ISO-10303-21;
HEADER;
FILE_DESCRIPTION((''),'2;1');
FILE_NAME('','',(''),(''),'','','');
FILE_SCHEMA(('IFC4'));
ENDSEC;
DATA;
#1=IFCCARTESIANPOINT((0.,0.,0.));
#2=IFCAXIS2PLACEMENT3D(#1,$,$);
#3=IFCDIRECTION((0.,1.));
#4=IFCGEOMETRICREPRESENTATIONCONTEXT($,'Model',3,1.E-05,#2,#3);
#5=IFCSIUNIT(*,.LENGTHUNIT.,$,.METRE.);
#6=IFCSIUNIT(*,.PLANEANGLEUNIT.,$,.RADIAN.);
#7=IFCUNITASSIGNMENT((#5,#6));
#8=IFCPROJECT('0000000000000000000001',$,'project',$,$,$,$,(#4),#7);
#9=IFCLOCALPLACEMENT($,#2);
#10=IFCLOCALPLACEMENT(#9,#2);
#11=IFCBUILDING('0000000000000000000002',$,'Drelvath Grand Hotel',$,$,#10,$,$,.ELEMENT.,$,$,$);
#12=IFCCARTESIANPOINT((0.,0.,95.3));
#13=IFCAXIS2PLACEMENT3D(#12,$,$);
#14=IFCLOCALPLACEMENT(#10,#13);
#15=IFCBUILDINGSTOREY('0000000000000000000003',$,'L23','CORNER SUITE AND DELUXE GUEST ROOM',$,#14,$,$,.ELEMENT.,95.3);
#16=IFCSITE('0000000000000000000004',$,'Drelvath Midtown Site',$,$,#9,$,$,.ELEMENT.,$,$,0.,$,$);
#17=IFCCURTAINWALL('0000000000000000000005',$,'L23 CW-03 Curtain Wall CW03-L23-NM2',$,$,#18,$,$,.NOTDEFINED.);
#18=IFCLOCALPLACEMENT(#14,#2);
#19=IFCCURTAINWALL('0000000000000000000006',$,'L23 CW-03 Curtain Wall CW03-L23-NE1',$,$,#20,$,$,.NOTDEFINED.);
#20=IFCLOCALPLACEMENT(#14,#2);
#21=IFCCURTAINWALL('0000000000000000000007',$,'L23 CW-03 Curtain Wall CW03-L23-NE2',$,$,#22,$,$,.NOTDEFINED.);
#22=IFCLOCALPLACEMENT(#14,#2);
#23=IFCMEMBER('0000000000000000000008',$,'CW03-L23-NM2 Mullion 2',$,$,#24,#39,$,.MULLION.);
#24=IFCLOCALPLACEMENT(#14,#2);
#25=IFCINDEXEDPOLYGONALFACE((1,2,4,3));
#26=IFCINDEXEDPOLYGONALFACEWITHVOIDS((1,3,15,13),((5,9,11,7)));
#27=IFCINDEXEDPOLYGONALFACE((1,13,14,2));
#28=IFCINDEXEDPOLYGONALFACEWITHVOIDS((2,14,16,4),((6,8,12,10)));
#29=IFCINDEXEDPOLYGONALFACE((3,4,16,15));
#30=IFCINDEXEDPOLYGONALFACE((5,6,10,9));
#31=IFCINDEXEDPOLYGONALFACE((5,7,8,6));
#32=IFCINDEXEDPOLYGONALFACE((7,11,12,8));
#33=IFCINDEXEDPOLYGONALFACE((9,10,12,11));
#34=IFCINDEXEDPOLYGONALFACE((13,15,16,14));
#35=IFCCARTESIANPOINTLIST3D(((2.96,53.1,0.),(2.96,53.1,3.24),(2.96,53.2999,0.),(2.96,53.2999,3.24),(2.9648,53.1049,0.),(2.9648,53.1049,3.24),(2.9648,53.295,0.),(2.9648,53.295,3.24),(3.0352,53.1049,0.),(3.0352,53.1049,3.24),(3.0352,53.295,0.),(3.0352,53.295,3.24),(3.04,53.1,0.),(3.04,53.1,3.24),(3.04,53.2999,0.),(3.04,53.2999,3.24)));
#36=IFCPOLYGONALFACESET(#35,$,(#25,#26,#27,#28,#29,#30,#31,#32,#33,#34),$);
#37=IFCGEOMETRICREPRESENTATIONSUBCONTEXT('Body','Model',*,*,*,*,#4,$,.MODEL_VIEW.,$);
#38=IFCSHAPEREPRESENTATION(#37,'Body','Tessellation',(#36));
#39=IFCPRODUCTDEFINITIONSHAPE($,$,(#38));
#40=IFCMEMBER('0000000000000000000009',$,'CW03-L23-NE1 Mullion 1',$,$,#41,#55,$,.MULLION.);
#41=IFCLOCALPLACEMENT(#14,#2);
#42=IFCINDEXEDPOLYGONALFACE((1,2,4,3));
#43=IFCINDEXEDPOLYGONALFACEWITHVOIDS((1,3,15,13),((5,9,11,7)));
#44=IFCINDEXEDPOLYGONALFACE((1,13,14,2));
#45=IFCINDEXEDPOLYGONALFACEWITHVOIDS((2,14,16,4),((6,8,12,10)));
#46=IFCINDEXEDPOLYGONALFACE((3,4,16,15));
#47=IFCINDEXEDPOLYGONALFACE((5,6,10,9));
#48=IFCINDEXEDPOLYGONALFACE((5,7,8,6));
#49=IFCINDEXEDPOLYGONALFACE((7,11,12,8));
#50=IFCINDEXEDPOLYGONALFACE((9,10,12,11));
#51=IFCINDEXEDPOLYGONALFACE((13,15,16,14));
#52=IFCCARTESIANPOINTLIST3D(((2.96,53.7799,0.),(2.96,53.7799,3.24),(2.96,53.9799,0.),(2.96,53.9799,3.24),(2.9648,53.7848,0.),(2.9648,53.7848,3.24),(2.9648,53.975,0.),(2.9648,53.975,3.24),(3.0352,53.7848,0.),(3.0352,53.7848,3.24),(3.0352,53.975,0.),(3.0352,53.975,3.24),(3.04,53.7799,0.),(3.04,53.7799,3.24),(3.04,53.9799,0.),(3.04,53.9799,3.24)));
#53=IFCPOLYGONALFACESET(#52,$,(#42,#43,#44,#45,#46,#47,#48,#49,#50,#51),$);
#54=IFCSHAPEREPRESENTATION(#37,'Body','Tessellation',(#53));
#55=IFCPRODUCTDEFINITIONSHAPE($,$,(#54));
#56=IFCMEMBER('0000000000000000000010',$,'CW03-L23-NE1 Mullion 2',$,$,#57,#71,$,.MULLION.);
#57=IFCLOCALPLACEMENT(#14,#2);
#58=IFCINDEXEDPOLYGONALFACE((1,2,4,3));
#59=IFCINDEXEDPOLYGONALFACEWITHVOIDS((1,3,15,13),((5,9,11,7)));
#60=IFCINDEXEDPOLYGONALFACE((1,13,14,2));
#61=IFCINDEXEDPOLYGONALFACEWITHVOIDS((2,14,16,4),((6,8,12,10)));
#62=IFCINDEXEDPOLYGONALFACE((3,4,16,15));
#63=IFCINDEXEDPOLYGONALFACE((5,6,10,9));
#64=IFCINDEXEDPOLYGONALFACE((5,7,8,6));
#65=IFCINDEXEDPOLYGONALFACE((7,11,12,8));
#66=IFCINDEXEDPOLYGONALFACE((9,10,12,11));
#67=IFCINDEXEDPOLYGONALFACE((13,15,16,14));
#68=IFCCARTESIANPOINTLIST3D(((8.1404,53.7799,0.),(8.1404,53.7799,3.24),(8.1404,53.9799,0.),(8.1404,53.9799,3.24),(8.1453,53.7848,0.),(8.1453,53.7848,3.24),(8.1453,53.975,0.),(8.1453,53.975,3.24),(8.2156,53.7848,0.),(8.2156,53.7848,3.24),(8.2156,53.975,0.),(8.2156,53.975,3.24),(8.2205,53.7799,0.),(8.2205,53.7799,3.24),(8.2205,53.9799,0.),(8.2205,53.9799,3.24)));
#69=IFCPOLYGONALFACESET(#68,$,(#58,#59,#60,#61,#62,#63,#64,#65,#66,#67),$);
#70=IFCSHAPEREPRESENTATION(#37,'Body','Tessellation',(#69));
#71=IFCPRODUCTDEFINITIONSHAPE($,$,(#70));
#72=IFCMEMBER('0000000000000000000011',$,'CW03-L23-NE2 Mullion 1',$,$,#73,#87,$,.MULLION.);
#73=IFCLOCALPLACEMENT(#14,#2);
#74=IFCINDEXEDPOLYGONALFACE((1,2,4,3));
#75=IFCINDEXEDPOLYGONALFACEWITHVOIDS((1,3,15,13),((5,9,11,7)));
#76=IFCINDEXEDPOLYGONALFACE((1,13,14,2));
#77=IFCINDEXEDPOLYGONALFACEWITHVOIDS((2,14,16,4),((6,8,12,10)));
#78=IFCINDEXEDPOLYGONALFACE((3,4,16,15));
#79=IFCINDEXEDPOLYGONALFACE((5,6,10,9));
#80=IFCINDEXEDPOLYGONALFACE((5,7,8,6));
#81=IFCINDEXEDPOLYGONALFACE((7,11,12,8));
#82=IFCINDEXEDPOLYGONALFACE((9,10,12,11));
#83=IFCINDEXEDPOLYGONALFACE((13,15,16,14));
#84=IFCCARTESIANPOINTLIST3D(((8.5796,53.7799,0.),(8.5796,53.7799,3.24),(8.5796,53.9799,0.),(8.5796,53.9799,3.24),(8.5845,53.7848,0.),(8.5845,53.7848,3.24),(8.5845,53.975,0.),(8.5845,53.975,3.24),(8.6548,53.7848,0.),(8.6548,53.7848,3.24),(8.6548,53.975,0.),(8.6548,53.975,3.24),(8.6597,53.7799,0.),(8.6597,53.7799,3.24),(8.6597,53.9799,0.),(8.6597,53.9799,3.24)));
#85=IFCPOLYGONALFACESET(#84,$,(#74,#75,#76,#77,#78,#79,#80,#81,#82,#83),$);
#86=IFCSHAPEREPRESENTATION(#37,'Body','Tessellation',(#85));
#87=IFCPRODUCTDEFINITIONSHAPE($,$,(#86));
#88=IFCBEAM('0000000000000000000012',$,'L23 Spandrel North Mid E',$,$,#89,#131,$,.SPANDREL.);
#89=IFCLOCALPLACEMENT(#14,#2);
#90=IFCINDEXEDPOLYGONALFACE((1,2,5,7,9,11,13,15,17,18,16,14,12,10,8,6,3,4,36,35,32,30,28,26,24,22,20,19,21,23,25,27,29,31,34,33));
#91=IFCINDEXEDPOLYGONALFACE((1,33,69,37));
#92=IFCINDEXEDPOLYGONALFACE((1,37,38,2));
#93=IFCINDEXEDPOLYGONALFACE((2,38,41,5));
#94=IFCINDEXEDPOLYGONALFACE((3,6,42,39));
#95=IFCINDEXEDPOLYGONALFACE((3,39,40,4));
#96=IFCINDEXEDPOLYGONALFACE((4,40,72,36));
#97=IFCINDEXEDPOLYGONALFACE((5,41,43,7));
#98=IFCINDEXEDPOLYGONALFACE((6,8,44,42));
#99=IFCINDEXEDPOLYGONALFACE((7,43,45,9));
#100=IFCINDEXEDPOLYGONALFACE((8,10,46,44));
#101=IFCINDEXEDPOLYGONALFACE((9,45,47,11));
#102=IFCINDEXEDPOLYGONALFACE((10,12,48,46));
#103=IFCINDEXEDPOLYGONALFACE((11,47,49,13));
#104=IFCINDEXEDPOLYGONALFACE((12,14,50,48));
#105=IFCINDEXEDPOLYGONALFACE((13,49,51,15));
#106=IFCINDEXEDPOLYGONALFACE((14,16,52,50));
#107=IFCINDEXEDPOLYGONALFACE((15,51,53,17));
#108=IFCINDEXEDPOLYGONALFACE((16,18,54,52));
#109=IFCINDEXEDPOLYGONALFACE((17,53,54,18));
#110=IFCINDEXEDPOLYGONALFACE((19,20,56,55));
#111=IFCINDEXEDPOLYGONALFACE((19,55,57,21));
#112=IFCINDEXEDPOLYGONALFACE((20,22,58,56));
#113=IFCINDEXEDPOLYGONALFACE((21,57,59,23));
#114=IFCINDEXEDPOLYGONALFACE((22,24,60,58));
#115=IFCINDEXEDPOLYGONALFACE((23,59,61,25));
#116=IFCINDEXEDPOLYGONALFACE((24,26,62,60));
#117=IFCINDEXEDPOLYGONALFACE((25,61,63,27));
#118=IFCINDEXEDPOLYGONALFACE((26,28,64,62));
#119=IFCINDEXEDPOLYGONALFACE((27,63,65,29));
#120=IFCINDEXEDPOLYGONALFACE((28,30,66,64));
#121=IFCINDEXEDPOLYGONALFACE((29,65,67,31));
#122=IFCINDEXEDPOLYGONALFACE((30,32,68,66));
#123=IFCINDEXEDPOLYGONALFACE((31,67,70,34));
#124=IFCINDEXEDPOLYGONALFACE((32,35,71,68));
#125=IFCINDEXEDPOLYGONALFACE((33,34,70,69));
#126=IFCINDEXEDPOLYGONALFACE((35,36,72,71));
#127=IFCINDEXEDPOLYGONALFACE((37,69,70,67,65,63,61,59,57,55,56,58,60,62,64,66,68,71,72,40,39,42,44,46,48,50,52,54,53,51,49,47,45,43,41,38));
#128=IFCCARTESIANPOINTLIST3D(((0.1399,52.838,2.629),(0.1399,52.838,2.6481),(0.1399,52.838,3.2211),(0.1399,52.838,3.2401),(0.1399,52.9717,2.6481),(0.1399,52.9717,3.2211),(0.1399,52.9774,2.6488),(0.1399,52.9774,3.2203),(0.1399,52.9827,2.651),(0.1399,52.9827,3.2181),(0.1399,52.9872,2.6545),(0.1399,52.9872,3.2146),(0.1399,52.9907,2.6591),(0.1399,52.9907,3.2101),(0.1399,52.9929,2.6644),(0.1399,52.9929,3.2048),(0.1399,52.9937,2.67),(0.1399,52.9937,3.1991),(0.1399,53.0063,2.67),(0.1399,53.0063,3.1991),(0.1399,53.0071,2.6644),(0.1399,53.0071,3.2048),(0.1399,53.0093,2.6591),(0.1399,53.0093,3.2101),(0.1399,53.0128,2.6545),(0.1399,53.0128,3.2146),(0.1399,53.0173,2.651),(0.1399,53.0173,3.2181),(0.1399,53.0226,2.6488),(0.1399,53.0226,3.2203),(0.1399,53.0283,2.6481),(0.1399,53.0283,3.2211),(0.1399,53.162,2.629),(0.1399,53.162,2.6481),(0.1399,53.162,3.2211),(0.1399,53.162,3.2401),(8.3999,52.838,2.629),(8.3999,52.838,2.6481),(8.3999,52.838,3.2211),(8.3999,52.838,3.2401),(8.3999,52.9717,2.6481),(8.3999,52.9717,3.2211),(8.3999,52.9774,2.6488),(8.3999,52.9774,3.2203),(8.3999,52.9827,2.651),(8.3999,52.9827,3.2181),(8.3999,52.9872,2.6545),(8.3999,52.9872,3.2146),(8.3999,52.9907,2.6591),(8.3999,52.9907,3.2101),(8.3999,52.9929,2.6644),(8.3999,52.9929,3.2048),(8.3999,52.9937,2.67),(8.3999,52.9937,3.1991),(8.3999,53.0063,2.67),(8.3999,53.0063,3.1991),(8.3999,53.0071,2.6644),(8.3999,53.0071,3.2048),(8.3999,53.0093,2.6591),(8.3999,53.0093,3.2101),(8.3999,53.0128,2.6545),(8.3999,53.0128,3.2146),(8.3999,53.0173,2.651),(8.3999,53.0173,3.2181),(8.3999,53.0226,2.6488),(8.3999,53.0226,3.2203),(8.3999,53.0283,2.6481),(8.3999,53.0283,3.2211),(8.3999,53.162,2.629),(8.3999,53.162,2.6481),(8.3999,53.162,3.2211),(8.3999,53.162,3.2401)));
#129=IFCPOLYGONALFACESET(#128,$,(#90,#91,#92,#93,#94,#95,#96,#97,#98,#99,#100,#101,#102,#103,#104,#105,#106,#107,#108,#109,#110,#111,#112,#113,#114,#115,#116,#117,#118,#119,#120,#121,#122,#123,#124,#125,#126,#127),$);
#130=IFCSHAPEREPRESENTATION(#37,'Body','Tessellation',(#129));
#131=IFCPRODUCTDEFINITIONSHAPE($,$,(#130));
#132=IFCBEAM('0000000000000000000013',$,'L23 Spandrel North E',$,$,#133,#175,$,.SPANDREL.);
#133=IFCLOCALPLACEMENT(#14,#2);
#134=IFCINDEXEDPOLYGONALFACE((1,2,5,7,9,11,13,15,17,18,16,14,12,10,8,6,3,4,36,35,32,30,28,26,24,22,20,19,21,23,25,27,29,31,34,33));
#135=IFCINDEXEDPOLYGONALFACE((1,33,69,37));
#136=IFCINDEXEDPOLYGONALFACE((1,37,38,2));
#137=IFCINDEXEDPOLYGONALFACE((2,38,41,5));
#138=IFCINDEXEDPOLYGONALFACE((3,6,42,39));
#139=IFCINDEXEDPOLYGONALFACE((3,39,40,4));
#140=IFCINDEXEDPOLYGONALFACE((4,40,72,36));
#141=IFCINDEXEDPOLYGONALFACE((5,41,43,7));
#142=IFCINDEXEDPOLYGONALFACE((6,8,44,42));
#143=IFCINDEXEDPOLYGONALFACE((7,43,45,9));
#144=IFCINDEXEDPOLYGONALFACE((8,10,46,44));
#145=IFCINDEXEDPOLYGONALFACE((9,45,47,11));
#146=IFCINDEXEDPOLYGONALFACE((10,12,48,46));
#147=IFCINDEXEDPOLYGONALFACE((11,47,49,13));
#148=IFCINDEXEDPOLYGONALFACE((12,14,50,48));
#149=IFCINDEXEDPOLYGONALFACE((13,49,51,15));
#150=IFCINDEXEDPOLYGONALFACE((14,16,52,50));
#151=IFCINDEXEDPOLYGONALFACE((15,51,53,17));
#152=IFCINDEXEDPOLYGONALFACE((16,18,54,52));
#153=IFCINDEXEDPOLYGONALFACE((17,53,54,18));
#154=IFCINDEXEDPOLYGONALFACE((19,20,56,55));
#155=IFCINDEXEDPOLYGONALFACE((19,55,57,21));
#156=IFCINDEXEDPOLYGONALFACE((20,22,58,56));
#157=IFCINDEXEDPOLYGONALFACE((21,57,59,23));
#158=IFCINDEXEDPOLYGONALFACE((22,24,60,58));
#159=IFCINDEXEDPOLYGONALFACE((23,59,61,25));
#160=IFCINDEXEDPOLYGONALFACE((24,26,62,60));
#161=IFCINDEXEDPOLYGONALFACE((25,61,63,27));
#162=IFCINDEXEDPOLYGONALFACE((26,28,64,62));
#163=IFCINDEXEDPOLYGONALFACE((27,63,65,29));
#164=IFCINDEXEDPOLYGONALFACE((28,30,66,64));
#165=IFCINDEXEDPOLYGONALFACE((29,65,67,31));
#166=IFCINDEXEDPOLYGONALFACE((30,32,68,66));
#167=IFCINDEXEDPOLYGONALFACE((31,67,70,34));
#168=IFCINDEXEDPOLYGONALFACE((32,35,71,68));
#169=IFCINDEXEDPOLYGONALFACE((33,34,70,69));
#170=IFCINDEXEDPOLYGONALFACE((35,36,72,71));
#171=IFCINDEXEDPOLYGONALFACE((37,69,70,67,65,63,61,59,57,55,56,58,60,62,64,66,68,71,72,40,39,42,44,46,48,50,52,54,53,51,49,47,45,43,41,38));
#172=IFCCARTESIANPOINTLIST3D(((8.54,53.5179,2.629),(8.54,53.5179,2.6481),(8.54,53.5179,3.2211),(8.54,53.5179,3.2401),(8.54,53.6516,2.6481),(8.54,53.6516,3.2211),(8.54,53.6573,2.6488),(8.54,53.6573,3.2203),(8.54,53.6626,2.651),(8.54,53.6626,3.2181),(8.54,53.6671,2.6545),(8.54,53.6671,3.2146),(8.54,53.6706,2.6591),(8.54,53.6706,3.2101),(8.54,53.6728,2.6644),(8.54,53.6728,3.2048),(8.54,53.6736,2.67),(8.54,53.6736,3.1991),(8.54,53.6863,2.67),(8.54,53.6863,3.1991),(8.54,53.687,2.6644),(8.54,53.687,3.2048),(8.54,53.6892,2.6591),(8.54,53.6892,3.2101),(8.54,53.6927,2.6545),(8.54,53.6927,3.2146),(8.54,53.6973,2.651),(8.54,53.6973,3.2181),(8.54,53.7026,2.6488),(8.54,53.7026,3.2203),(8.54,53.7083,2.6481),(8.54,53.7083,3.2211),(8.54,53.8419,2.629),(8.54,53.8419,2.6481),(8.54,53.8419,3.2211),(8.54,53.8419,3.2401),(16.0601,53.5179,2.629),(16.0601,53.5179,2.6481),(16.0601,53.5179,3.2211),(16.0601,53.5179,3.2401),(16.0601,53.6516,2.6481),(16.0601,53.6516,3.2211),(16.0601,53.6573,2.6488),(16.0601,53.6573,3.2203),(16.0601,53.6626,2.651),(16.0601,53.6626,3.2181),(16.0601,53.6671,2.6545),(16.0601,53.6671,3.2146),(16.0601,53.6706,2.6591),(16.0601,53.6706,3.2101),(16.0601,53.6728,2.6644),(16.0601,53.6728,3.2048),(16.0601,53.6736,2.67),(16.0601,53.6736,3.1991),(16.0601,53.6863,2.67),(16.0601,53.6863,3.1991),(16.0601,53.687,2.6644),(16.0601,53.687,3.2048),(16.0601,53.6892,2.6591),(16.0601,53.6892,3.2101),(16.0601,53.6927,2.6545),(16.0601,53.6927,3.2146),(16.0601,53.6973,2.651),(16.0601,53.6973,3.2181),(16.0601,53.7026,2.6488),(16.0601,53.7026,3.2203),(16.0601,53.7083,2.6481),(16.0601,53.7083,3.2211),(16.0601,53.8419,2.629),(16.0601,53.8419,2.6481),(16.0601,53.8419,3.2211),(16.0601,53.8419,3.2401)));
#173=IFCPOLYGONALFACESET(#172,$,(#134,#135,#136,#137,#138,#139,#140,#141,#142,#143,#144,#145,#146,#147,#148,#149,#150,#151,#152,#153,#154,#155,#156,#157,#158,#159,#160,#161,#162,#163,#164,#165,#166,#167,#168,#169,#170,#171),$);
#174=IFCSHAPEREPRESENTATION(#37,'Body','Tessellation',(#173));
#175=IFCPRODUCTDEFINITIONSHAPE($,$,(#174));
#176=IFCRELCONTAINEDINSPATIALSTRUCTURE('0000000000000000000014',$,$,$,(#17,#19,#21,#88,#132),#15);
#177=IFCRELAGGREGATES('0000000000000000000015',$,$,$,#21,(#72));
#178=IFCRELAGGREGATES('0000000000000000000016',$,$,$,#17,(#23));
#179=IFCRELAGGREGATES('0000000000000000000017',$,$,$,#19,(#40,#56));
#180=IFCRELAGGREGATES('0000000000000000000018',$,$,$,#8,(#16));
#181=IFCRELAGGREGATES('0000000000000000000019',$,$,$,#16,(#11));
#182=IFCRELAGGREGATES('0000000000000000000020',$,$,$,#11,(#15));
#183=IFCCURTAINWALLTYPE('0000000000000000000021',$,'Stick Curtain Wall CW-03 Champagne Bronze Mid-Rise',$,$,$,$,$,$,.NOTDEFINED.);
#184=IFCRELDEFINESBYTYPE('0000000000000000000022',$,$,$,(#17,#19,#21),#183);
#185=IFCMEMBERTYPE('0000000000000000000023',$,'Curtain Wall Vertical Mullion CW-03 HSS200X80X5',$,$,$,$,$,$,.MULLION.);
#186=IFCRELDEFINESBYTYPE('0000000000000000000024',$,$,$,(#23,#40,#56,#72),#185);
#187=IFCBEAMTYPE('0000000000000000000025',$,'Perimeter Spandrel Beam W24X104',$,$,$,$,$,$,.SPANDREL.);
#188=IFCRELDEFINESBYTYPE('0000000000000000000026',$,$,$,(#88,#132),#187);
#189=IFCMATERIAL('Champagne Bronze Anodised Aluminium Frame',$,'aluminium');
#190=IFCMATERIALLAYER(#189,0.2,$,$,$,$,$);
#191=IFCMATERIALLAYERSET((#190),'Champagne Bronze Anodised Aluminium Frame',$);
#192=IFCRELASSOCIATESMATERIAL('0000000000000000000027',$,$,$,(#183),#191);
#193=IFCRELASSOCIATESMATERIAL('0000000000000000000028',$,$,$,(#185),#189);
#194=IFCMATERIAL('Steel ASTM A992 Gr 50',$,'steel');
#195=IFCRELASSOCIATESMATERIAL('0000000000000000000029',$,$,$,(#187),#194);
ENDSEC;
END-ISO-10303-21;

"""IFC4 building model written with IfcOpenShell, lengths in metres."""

from ifc_helpers import new_model, si_unit, direction, frame, origin, origin_2d, place, context, subcontext, project, spatial, hollow_rectangle, i_section, extrude, material, layer, layer_set, material_profile, profile_set, type_object, element, aggregate, save


model = new_model("IFC4")

# Units and contexts
model_context = context("Model", 3, precision=1e-05, world=origin(), true_north=direction((0.0, 1.0)))
body_context = subcontext(model_context, "Body", "Model", "MODEL_VIEW")
ifc_project = project(units=[si_unit("LENGTHUNIT", "METRE"), si_unit("PLANEANGLEUNIT", "RADIAN")], contexts=[model_context])

# Site, building, storey
site_placement = place(None, origin())
site = spatial("IfcSite", under=ifc_project, at=site_placement, Name="Drelvath Midtown Site", CompositionType="ELEMENT", RefElevation=0.0)
building_placement = place(site_placement, origin())
building = spatial("IfcBuilding", under=site, at=building_placement, Name="Drelvath Grand Hotel", CompositionType="ELEMENT")
storey_placement = place(building_placement, frame((0.0, 0.0, 95.3)))
storey = spatial("IfcBuildingStorey", under=building, at=storey_placement, Name="L23", Description="CORNER SUITE AND DELUXE GUEST ROOM", CompositionType="ELEMENT", Elevation=95.3)

# Curtain walls
ifc_material_1 = material(Name="Champagne Bronze Anodised Aluminium Frame", Category="aluminium")
ifc_layer_1 = layer(ifc_material_1, 0.2)
ifc_layer_set_1 = layer_set([ifc_layer_1], Name="Champagne Bronze Anodised Aluminium Frame")
curtain_wall_type = type_object("IfcCurtainWallType", Name="Stick Curtain Wall CW-03 Champagne Bronze Mid-Rise", PredefinedType="NOTDEFINED", material=ifc_layer_set_1)
curtain_wall_1_placement = place(storey_placement, origin())
curtain_wall_1 = element("IfcCurtainWall", 1, at=curtain_wall_1_placement, inside=storey, type_object=curtain_wall_type, Name="L23 CW-03 Curtain Wall CW03-L23-NM2", PredefinedType="NOTDEFINED")
curtain_wall_2_placement = place(storey_placement, origin())
curtain_wall_2 = element("IfcCurtainWall", 2, at=curtain_wall_2_placement, inside=storey, type_object=curtain_wall_type, Name="L23 CW-03 Curtain Wall CW03-L23-NE1", PredefinedType="NOTDEFINED")
curtain_wall_3_placement = place(storey_placement, origin())
curtain_wall_3 = element("IfcCurtainWall", 3, at=curtain_wall_3_placement, inside=storey, type_object=curtain_wall_type, Name="L23 CW-03 Curtain Wall CW03-L23-NE2", PredefinedType="NOTDEFINED")
ifc_material_profile_1 = material_profile(ifc_material_1, hollow_rectangle(XDim=0.0801, YDim=0.2, WallThickness=0.0049, at=origin_2d()), Name="HSS200X80X5")
ifc_profile_set_1 = profile_set([ifc_material_profile_1], Name="Champagne Bronze Anodised Aluminium Frame")
member_type_1 = type_object("IfcMemberType", Name="Curtain Wall Vertical Mullion CW-03 HSS200X80X5", PredefinedType="MULLION", material=ifc_profile_set_1)

# Members
member_1_placement = place(storey_placement, frame((3.0, 53.2, 0.0), z_axis=(0.0, 0.0, 1.0), x_axis=(1.0, 0.0, 0.0)))
member_1 = element("IfcMember", 4, at=member_1_placement, type_object=member_type_1, Name="CW03-L23-NM2 Mullion 2", PredefinedType="MULLION", context=body_context, shape_type="SweptSolid", body=[
    extrude(hollow_rectangle(XDim=0.0801, YDim=0.2, WallThickness=0.0049, at=origin_2d()), origin(), (0.0, 0.0, 1.0), 3.24),
])
member_2_placement = place(storey_placement, frame((3.0, 53.8799, 0.0), z_axis=(0.0, 0.0, 1.0), x_axis=(1.0, 0.0, 0.0)))
member_2 = element("IfcMember", 5, at=member_2_placement, type_object=member_type_1, Name="CW03-L23-NE1 Mullion 1", PredefinedType="MULLION", context=body_context, shape_type="SweptSolid", body=[
    extrude(hollow_rectangle(XDim=0.0801, YDim=0.2, WallThickness=0.0049, at=origin_2d()), origin(), (0.0, 0.0, 1.0), 3.24),
])
member_3_placement = place(storey_placement, frame((8.1804, 53.8799, 0.0), z_axis=(0.0, 0.0, 1.0), x_axis=(1.0, 0.0, 0.0)))
member_3 = element("IfcMember", 6, at=member_3_placement, type_object=member_type_1, Name="CW03-L23-NE1 Mullion 2", PredefinedType="MULLION", context=body_context, shape_type="SweptSolid", body=[
    extrude(hollow_rectangle(XDim=0.0801, YDim=0.2, WallThickness=0.0049, at=origin_2d()), origin(), (0.0, 0.0, 1.0), 3.24),
])
member_4_placement = place(storey_placement, frame((8.6196, 53.8799, 0.0), z_axis=(0.0, 0.0, 1.0), x_axis=(1.0, 0.0, 0.0)))
member_4 = element("IfcMember", 7, at=member_4_placement, type_object=member_type_1, Name="CW03-L23-NE2 Mullion 1", PredefinedType="MULLION", context=body_context, shape_type="SweptSolid", body=[
    extrude(hollow_rectangle(XDim=0.0801, YDim=0.2, WallThickness=0.0049, at=origin_2d()), origin(), (0.0, 0.0, 1.0), 3.24),
])
aggregate(curtain_wall_3, [member_4])

# Beams
ifc_material_2 = material(Name="Steel ASTM A992 Gr 50", Category="steel")
ifc_material_profile_2 = material_profile(ifc_material_2, i_section(OverallWidth=0.324, OverallDepth=0.6111, WebThickness=0.0127, FlangeThickness=0.019, FilletRadius=0.022, at=origin_2d()), Name="W24X104")
ifc_profile_set_2 = profile_set([ifc_material_profile_2], Name="Steel ASTM A992 Gr 50")
beam_type_1 = type_object("IfcBeamType", Name="Perimeter Spandrel Beam W24X104", PredefinedType="SPANDREL", material=ifc_profile_set_2)
beam_1_placement = place(storey_placement, frame((0.1399, 53.0, 2.9346), z_axis=(1.0, 0.0, 0.0), x_axis=(0.0, 1.0, 0.0)))
element("IfcBeam", 8, at=beam_1_placement, inside=storey, type_object=beam_type_1, Name="L23 Spandrel North Mid E", PredefinedType="SPANDREL", context=body_context, shape_type="SweptSolid", body=[
    extrude(i_section(OverallWidth=0.324, OverallDepth=0.6111, WebThickness=0.0127, FlangeThickness=0.019, FilletRadius=0.022, at=origin_2d()), origin(), (0.0, 0.0, 1.0), 8.26),
])
beam_2_placement = place(storey_placement, frame((8.54, 53.6799, 2.9346), z_axis=(1.0, 0.0, 0.0), x_axis=(0.0, 1.0, 0.0)))
element("IfcBeam", 9, at=beam_2_placement, inside=storey, type_object=beam_type_1, Name="L23 Spandrel North E", PredefinedType="SPANDREL", context=body_context, shape_type="SweptSolid", body=[
    extrude(i_section(OverallWidth=0.324, OverallDepth=0.6111, WebThickness=0.0127, FlangeThickness=0.019, FilletRadius=0.022, at=origin_2d()), origin(), (0.0, 0.0, 1.0), 7.52),
])

aggregate(curtain_wall_1, [member_1])
aggregate(curtain_wall_2, [member_2, member_3])

save(model, "model.ifc")
